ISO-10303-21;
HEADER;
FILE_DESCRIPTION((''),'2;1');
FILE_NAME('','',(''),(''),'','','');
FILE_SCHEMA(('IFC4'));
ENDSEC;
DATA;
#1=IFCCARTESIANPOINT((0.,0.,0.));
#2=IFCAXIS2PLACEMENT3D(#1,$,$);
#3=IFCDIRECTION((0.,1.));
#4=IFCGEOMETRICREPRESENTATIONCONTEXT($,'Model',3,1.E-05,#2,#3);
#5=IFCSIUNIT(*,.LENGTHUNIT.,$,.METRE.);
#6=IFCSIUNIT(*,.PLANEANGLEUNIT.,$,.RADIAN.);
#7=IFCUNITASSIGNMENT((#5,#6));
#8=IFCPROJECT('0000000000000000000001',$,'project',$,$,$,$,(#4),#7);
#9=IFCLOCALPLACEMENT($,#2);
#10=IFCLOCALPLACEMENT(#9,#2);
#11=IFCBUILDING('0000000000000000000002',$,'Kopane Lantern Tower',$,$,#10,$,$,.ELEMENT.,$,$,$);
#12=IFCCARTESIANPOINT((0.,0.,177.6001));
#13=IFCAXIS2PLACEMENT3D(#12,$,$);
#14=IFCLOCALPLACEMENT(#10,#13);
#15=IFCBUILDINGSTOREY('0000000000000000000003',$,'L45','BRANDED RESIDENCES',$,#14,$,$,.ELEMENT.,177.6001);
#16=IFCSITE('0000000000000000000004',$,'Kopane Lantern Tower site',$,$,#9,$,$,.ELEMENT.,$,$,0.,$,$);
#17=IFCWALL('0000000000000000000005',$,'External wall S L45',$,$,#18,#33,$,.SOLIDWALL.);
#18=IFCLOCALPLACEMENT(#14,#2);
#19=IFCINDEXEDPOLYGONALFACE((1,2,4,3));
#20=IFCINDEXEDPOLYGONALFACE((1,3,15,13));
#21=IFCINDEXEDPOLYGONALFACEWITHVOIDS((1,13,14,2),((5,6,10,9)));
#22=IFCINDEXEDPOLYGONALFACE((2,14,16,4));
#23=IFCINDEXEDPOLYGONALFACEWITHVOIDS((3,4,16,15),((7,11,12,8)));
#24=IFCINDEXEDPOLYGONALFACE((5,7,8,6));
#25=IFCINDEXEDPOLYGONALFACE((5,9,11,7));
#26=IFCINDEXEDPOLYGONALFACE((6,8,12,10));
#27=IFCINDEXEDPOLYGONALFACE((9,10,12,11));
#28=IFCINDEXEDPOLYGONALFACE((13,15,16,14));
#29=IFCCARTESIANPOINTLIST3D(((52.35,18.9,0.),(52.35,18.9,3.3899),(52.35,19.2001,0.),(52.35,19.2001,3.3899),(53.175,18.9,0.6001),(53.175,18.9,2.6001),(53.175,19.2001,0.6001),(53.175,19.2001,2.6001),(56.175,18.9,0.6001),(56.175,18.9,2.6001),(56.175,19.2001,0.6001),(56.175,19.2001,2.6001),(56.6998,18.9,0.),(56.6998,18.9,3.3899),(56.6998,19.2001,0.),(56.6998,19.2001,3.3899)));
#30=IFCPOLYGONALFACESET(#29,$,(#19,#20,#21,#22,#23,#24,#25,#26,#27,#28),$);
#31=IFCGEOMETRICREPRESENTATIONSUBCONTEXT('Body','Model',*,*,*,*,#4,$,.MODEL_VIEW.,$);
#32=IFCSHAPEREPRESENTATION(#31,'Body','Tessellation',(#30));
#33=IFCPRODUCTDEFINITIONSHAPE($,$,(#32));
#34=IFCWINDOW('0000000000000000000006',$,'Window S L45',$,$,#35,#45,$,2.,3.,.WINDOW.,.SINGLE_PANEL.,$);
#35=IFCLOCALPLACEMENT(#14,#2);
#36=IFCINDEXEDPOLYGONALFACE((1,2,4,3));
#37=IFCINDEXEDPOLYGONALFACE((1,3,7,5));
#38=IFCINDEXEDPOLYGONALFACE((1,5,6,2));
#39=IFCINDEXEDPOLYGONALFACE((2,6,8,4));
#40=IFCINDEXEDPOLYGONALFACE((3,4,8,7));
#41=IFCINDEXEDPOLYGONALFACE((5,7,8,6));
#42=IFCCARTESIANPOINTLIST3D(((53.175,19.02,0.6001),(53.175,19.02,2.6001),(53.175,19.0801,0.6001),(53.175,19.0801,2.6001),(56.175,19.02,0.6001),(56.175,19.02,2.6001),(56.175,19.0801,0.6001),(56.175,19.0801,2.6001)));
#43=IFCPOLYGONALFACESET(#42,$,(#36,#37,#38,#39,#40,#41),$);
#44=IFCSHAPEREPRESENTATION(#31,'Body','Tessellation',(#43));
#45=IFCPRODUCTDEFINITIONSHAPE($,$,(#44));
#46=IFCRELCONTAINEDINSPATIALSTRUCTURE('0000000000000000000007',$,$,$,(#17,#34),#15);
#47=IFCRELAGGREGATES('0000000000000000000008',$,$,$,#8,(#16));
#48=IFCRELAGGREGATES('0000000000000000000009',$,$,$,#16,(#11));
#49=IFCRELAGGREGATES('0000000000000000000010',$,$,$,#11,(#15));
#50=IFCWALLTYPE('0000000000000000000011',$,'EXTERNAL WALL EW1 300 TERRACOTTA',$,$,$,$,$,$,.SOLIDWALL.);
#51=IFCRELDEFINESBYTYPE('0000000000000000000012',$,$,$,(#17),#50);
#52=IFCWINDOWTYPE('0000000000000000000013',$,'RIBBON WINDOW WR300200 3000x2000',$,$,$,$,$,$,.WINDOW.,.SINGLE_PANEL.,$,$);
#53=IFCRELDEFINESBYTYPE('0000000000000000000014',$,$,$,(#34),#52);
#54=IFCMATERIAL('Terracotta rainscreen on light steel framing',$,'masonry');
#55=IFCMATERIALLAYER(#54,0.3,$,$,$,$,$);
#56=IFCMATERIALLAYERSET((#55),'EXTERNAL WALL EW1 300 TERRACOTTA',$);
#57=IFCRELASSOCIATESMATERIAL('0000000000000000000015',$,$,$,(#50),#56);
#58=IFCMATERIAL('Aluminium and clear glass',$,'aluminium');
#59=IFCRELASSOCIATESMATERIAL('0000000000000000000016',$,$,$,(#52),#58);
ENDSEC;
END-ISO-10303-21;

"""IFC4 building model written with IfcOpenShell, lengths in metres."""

from ifc_helpers import new_model, si_unit, direction, frame, frame_2d, origin, place, context, subcontext, project, spatial, rectangle, extrude, material, layer, layer_set, type_object, element, fill, save


model = new_model("IFC4")

# Units and contexts
model_context = context("Model", 3, precision=1e-05, world=origin(), true_north=direction((0.0, 1.0)))
body_context = subcontext(model_context, "Body", "Model", "MODEL_VIEW")
ifc_project = project(units=[si_unit("LENGTHUNIT", "METRE"), si_unit("PLANEANGLEUNIT", "RADIAN")], contexts=[model_context])

# Site, building, storey
site_placement = place(None, origin())
site = spatial("IfcSite", under=ifc_project, at=site_placement, Name="Kopane Lantern Tower site", CompositionType="ELEMENT", RefElevation=0.0)
building_placement = place(site_placement, origin())
building = spatial("IfcBuilding", under=site, at=building_placement, Name="Kopane Lantern Tower", CompositionType="ELEMENT")
storey_placement = place(building_placement, frame((0.0, 0.0, 177.6001)))
storey = spatial("IfcBuildingStorey", under=building, at=storey_placement, Name="L45", Description="BRANDED RESIDENCES", CompositionType="ELEMENT", Elevation=177.6001)

# Wall, opening, window
ifc_material_1 = material(Name="Terracotta rainscreen on light steel framing", Category="masonry")
ifc_layer_1 = layer(ifc_material_1, 0.3)
ifc_layer_set_1 = layer_set([ifc_layer_1], Name="EXTERNAL WALL EW1 300 TERRACOTTA")
wall_type_1 = type_object("IfcWallType", Name="EXTERNAL WALL EW1 300 TERRACOTTA", PredefinedType="SOLIDWALL", material=ifc_layer_set_1)
wall_1_placement = place(storey_placement, frame((52.3501, 19.05, 0.0), z_axis=(0.0, 0.0, 1.0), x_axis=(1.0, 0.0, 0.0)))
wall_1 = element("IfcWall", 1, at=wall_1_placement, inside=storey, type_object=wall_type_1, Name="External wall S L45", PredefinedType="SOLIDWALL", context=body_context, shape_type="SweptSolid", body=[
    extrude(rectangle(XDim=4.3499, YDim=0.3, at=frame_2d((2.1748, 0.0))), origin(), (0.0, 0.0, 1.0), 3.3899),
])
opening_1_placement = place(wall_1_placement, frame((0.825, 0.0, 0.6001)))
opening_1 = element("IfcOpeningElement", 2, at=opening_1_placement, cuts=wall_1, PredefinedType="OPENING", context=body_context, shape_type="SweptSolid", body=[
    extrude(rectangle(XDim=3.0, YDim=2.0, at=frame_2d((1.5, 1.0))), frame((0.0, 0.1599, 0.0), z_axis=(0.0, -1.0, 0.0), x_axis=(1.0, 0.0, 0.0)), (0.0, 0.0, 1.0), 0.3201),
])
ifc_material_2 = material(Name="Aluminium and clear glass", Category="aluminium")
window_type_1 = type_object("IfcWindowType", Name="RIBBON WINDOW WR300200 3000x2000", PartitioningType="SINGLE_PANEL", PredefinedType="WINDOW", material=ifc_material_2)
window_1_placement = place(opening_1_placement, origin())
window_1 = element("IfcWindow", 3, at=window_1_placement, inside=storey, type_object=window_type_1, Name="Window S L45", OverallHeight=2.0, OverallWidth=3.0, PartitioningType="SINGLE_PANEL", PredefinedType="WINDOW", context=body_context, shape_type="SweptSolid", body=[
    extrude(rectangle(XDim=3.0, YDim=2.0, at=frame_2d((1.5, 1.0))), frame((0.0, 0.03, 0.0), z_axis=(0.0, -1.0, 0.0), x_axis=(1.0, 0.0, 0.0)), (0.0, 0.0, 1.0), 0.0601),
])
fill(opening_1, window_1)

save(model, "model.ifc")
